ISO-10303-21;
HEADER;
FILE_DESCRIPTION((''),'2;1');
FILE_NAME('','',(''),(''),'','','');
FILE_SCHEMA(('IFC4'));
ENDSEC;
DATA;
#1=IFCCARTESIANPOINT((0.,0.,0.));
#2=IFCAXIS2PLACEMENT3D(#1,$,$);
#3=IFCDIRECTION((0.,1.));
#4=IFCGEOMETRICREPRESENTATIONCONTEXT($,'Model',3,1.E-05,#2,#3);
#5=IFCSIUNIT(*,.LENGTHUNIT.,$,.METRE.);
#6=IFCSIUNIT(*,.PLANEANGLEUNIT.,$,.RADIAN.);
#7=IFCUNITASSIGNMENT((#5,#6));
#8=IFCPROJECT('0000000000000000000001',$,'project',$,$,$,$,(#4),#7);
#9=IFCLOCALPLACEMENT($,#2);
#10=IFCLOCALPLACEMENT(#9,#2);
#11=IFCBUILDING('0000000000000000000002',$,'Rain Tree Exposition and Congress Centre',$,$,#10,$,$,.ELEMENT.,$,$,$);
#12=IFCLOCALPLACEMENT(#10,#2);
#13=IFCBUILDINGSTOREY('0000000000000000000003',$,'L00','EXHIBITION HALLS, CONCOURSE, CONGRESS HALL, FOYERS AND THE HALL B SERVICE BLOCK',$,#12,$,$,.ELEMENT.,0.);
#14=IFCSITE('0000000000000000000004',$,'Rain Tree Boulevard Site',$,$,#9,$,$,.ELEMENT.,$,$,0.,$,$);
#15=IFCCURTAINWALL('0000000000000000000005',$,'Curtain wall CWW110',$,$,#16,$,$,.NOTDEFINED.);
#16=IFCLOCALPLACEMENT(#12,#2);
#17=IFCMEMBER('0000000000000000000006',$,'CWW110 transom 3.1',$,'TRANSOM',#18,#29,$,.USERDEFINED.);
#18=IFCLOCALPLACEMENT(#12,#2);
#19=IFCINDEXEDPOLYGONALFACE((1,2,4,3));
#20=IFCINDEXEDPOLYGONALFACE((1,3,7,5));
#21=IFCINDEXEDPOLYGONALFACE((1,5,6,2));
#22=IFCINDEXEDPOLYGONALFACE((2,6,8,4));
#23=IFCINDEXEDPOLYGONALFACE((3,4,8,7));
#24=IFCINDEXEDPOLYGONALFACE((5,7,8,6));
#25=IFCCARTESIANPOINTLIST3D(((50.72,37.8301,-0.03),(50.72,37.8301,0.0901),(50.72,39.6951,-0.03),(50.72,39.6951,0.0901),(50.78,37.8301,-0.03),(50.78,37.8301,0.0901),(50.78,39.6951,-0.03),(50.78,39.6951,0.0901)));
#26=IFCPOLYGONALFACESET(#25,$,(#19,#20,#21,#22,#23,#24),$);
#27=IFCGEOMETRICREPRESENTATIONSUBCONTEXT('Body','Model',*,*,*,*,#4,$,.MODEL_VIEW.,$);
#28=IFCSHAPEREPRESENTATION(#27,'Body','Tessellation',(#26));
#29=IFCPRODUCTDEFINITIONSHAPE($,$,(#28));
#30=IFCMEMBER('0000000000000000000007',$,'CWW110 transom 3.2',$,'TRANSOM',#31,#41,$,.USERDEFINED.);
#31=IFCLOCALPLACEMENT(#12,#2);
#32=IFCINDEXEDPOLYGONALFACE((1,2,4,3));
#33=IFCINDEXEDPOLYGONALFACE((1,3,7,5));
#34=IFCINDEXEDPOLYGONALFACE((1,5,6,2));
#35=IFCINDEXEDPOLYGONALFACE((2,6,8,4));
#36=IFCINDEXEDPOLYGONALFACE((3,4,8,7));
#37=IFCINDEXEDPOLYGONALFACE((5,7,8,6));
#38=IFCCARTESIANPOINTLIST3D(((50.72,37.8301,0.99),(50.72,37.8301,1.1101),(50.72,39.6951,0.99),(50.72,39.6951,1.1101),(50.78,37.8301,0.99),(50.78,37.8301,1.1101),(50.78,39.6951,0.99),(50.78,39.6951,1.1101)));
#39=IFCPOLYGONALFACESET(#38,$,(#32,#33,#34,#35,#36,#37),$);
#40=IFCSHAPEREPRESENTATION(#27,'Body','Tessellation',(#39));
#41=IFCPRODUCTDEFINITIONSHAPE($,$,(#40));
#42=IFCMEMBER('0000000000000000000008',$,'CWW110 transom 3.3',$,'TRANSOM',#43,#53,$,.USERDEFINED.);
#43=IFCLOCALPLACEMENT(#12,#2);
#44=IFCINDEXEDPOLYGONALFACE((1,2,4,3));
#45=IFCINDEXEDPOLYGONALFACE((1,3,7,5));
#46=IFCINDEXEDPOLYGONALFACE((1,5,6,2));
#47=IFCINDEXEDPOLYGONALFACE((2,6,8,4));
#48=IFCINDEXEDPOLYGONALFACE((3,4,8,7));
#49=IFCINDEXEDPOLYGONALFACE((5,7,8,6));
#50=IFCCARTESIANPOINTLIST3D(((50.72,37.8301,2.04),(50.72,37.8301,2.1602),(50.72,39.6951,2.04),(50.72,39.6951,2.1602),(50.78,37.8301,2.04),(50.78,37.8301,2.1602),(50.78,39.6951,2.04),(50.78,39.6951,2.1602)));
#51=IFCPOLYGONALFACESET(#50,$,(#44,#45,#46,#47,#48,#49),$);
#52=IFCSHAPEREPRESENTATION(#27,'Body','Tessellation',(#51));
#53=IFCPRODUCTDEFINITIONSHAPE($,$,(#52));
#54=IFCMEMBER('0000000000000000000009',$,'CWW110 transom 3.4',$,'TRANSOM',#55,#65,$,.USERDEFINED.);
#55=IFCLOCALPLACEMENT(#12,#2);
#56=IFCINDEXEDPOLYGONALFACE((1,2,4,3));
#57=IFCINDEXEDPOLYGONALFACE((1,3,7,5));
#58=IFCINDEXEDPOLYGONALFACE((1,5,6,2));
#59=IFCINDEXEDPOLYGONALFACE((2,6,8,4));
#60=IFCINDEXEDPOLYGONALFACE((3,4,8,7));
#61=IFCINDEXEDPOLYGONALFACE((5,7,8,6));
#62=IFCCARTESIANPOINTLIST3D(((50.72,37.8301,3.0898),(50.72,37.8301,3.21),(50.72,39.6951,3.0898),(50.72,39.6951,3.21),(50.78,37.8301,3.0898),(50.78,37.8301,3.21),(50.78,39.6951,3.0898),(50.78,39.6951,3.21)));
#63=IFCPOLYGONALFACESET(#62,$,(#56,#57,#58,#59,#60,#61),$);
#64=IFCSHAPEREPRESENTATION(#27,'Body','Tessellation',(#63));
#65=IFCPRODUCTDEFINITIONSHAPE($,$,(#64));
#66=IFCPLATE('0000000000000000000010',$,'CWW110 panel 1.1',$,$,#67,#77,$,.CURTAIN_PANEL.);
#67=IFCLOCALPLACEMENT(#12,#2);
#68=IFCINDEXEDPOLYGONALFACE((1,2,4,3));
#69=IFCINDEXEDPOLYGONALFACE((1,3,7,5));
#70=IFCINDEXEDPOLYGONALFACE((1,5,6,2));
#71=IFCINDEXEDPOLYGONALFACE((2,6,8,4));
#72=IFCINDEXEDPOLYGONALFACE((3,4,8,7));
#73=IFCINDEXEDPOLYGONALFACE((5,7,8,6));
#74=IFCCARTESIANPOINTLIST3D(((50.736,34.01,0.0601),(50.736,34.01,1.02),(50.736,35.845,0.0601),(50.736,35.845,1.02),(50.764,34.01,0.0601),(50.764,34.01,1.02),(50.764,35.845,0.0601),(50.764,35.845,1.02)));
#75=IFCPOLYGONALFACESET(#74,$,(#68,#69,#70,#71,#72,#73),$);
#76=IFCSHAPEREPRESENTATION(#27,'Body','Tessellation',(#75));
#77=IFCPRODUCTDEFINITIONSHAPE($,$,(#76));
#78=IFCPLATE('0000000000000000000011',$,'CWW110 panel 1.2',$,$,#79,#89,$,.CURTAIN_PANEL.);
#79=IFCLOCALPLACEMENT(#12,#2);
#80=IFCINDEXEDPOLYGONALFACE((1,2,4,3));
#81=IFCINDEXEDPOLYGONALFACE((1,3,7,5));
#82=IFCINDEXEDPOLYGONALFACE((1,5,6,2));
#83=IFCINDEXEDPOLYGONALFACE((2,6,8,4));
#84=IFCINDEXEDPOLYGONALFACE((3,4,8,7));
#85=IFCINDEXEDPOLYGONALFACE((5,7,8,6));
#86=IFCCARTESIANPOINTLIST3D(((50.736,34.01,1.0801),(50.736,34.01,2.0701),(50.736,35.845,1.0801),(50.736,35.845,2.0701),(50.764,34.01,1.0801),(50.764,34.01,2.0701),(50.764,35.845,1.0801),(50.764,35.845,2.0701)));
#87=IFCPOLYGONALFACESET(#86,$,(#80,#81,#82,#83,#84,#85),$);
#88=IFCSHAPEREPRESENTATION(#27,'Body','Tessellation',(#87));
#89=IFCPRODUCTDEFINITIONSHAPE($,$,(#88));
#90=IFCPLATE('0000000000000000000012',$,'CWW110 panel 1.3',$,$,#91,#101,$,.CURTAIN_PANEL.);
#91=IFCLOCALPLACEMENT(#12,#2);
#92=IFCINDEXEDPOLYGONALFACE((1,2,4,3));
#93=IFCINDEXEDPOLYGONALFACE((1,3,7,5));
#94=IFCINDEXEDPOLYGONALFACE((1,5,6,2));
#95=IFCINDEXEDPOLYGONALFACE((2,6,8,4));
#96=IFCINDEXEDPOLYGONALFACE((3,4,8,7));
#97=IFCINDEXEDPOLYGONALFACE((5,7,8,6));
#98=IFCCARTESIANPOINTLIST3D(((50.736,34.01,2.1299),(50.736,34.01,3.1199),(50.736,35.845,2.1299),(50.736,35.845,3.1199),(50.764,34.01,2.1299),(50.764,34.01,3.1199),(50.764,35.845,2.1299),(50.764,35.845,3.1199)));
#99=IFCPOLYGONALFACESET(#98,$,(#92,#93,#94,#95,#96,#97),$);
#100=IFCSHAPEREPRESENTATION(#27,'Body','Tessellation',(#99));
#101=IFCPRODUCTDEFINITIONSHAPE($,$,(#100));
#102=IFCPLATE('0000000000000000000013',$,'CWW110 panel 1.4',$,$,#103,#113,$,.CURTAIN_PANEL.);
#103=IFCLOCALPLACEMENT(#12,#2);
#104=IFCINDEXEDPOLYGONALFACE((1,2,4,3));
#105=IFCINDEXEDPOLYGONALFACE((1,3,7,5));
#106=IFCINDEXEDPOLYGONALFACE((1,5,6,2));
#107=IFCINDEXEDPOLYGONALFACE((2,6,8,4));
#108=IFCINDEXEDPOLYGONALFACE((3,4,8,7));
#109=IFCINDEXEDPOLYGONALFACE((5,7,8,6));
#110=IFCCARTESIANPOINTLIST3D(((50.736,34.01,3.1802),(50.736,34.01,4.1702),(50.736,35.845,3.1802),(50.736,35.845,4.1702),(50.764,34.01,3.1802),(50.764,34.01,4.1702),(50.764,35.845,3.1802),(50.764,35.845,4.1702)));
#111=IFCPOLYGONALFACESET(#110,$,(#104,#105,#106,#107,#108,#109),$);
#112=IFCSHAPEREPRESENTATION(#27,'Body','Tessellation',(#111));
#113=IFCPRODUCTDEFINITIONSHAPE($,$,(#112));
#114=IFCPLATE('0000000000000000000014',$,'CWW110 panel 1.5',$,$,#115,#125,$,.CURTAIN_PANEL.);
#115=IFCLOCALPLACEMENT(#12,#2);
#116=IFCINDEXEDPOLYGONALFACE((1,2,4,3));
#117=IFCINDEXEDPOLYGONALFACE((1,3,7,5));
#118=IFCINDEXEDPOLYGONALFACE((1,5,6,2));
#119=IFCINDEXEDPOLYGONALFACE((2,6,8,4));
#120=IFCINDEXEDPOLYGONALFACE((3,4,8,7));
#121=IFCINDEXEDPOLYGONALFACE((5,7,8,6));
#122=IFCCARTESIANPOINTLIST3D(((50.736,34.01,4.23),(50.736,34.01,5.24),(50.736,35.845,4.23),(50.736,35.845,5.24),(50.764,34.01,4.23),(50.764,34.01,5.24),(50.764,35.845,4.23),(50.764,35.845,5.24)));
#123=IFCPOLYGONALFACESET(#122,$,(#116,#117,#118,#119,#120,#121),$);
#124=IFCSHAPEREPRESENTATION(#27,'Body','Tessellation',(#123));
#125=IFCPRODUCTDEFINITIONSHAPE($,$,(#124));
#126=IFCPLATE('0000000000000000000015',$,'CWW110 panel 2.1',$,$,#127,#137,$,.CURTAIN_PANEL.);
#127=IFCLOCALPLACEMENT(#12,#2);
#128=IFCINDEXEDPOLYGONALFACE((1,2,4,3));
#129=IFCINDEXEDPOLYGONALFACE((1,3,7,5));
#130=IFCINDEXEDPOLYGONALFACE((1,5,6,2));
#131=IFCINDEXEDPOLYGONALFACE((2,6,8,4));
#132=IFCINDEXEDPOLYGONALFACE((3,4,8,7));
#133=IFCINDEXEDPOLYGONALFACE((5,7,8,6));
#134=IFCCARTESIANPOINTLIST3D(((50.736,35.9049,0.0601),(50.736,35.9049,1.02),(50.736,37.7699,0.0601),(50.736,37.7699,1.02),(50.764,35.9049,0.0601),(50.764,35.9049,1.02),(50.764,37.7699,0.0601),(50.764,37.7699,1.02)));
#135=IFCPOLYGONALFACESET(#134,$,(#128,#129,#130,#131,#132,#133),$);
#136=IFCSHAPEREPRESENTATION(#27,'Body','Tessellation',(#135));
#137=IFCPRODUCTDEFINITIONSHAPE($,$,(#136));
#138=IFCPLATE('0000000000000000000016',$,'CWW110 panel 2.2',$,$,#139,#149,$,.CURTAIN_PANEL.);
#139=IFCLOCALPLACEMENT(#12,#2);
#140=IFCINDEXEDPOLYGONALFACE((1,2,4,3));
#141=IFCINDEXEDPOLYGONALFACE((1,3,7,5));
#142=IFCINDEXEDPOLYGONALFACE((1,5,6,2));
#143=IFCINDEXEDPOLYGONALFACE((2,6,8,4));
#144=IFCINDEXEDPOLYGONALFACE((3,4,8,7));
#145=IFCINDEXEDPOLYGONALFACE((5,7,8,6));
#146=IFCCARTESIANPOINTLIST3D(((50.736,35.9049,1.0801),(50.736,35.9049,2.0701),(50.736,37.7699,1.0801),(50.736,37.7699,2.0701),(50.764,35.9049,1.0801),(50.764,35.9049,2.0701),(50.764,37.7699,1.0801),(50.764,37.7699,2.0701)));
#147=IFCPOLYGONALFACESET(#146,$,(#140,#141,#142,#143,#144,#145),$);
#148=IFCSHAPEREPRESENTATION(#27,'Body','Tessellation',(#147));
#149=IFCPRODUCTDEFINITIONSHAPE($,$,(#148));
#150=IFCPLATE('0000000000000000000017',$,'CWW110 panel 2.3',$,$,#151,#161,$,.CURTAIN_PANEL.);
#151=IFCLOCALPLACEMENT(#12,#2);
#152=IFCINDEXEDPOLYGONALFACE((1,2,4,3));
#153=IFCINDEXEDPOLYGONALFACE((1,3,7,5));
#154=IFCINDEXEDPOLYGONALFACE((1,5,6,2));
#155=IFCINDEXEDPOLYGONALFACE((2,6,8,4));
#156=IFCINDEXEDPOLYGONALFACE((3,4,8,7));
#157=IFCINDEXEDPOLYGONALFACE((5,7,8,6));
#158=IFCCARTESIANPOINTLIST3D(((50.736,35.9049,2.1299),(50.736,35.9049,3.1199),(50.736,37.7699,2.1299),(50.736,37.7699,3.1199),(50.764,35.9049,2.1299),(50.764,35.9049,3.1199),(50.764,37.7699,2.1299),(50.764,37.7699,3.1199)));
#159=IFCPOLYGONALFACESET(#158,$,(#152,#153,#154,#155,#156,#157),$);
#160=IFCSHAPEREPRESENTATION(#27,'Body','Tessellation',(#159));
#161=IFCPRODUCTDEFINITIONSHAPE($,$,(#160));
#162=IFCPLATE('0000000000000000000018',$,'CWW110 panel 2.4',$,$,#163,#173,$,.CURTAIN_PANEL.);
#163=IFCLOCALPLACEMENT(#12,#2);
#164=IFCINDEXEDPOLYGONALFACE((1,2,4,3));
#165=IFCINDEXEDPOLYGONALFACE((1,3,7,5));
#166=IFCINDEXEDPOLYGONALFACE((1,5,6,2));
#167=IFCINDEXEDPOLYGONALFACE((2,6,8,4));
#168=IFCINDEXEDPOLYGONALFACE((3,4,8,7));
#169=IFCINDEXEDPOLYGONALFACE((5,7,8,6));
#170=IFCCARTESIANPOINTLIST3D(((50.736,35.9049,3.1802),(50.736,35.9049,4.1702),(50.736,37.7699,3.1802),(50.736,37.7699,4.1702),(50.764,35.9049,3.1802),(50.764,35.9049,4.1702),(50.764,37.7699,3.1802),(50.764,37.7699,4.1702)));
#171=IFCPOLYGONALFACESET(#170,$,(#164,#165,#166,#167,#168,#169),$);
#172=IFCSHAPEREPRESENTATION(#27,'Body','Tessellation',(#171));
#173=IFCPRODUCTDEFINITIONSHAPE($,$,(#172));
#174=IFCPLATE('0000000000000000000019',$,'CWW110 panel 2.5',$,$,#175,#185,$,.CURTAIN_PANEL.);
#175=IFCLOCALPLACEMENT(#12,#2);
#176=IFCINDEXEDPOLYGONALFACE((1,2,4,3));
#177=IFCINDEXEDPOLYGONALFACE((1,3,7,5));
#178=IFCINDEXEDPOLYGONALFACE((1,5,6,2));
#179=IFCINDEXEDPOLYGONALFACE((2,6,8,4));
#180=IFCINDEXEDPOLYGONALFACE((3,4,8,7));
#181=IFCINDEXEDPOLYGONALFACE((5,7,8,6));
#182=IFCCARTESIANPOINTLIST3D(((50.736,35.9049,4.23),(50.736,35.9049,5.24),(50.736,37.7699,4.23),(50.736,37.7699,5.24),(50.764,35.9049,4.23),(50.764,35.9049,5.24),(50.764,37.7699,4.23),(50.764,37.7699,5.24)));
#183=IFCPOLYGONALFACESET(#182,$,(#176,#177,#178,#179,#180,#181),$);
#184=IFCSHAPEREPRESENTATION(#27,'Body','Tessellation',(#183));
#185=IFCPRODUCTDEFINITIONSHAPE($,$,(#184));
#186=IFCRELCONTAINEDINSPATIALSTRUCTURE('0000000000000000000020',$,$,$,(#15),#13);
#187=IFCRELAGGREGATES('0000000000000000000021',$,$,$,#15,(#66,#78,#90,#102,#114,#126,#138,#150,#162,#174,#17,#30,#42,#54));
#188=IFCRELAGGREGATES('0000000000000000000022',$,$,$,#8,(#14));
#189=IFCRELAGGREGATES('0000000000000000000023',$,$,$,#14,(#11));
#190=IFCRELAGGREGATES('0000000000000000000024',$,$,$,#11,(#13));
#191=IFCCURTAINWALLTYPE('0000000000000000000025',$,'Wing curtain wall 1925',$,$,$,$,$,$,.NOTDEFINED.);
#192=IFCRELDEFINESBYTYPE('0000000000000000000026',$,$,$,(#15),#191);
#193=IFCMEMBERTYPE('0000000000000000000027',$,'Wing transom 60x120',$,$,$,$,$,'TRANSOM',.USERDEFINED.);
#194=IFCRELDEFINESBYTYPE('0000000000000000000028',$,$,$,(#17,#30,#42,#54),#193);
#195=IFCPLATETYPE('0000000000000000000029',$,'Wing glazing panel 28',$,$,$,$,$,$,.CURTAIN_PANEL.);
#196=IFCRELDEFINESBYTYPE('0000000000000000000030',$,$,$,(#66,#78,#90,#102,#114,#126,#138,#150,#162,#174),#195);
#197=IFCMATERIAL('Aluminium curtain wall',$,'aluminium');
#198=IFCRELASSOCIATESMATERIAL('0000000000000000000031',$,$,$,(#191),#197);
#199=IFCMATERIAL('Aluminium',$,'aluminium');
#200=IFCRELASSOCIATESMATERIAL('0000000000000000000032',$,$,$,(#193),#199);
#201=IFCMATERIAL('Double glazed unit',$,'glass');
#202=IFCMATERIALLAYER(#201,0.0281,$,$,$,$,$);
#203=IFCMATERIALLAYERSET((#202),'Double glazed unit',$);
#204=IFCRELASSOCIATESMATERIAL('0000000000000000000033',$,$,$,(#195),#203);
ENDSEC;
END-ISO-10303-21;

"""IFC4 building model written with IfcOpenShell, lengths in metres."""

from ifc_helpers import new_model, si_unit, direction, frame, origin, origin_2d, place, context, subcontext, project, spatial, rectangle, extrude, material, layer, layer_set, material_profile, profile_set, type_object, element, aggregate, save


model = new_model("IFC4")

# Units and contexts
model_context = context("Model", 3, precision=1e-05, world=origin(), true_north=direction((0.0, 1.0)))
body_context = subcontext(model_context, "Body", "Model", "MODEL_VIEW")
ifc_project = project(units=[si_unit("LENGTHUNIT", "METRE"), si_unit("PLANEANGLEUNIT", "RADIAN")], contexts=[model_context])

# Site, building, storey
site_placement = place(None, origin())
site = spatial("IfcSite", under=ifc_project, at=site_placement, Name="Rain Tree Boulevard Site", CompositionType="ELEMENT", RefElevation=0.0)
building_placement = place(site_placement, origin())
building = spatial("IfcBuilding", under=site, at=building_placement, Name="Rain Tree Exposition and Congress Centre", CompositionType="ELEMENT")
storey_placement = place(building_placement, origin())
storey = spatial("IfcBuildingStorey", under=building, at=storey_placement, Name="L00", Description="EXHIBITION HALLS, CONCOURSE, CONGRESS HALL, FOYERS AND THE HALL B SERVICE BLOCK", CompositionType="ELEMENT", Elevation=0.0)

# Curtain wall, members, plates
ifc_material_1 = material(Name="Aluminium curtain wall", Category="aluminium")
curtain_wall_type = type_object("IfcCurtainWallType", Name="Wing curtain wall 1925", PredefinedType="NOTDEFINED", material=ifc_material_1)
curtain_wall_placement = place(storey_placement, origin())
curtain_wall = element("IfcCurtainWall", 1, at=curtain_wall_placement, inside=storey, type_object=curtain_wall_type, Name="Curtain wall CWW110", PredefinedType="NOTDEFINED")
ifc_material_2 = material(Name="Aluminium", Category="aluminium")
ifc_material_profile_1 = material_profile(ifc_material_2, rectangle(XDim=0.0601, YDim=0.1201, at=origin_2d()), Name="Aluminium 60x120")
ifc_profile_set_1 = profile_set([ifc_material_profile_1], Name="Aluminium")
member_type_1 = type_object("IfcMemberType", Name="Wing transom 60x120", ElementType="TRANSOM", PredefinedType="USERDEFINED", material=ifc_profile_set_1)
member_1_placement = place(storey_placement, frame((50.75, 37.8301, 0.03), z_axis=(0.0, 1.0, 0.0), x_axis=(-1.0, 0.0, 0.0)))
member_1 = element("IfcMember", 2, at=member_1_placement, type_object=member_type_1, Name="CWW110 transom 3.1", ObjectType="TRANSOM", PredefinedType="USERDEFINED", context=body_context, shape_type="SweptSolid", body=[
    extrude(rectangle(XDim=0.0601, YDim=0.1201, at=origin_2d()), origin(), (0.0, 0.0, 1.0), 1.865),
])
member_2_placement = place(storey_placement, frame((50.75, 37.8301, 1.05), z_axis=(0.0, 1.0, 0.0), x_axis=(-1.0, 0.0, 0.0)))
member_2 = element("IfcMember", 3, at=member_2_placement, type_object=member_type_1, Name="CWW110 transom 3.2", ObjectType="TRANSOM", PredefinedType="USERDEFINED", context=body_context, shape_type="SweptSolid", body=[
    extrude(rectangle(XDim=0.0601, YDim=0.1201, at=origin_2d()), origin(), (0.0, 0.0, 1.0), 1.865),
])
member_3_placement = place(storey_placement, frame((50.75, 37.8301, 2.1001), z_axis=(0.0, 1.0, 0.0), x_axis=(-1.0, 0.0, 0.0)))
member_3 = element("IfcMember", 4, at=member_3_placement, type_object=member_type_1, Name="CWW110 transom 3.3", ObjectType="TRANSOM", PredefinedType="USERDEFINED", context=body_context, shape_type="SweptSolid", body=[
    extrude(rectangle(XDim=0.0601, YDim=0.1201, at=origin_2d()), origin(), (0.0, 0.0, 1.0), 1.865),
])
member_4_placement = place(storey_placement, frame((50.75, 37.8301, 3.1499), z_axis=(0.0, 1.0, 0.0), x_axis=(-1.0, 0.0, 0.0)))
member_4 = element("IfcMember", 5, at=member_4_placement, type_object=member_type_1, Name="CWW110 transom 3.4", ObjectType="TRANSOM", PredefinedType="USERDEFINED", context=body_context, shape_type="SweptSolid", body=[
    extrude(rectangle(XDim=0.0601, YDim=0.1201, at=origin_2d()), origin(), (0.0, 0.0, 1.0), 1.865),
])
ifc_material_3 = material(Name="Double glazed unit", Category="glass")
ifc_layer_1 = layer(ifc_material_3, 0.0281)
ifc_layer_set_1 = layer_set([ifc_layer_1], Name="Double glazed unit")
plate_type = type_object("IfcPlateType", Name="Wing glazing panel 28", PredefinedType="CURTAIN_PANEL", material=ifc_layer_set_1)
plate_1_placement = place(storey_placement, frame((50.75, 34.9275, 0.0601), z_axis=(0.0, 0.0, 1.0), x_axis=(0.0, 1.0, 0.0)))
plate_1 = element("IfcPlate", 6, at=plate_1_placement, type_object=plate_type, Name="CWW110 panel 1.1", PredefinedType="CURTAIN_PANEL", context=body_context, shape_type="SweptSolid", body=[
    extrude(rectangle(XDim=1.835, YDim=0.0281, at=origin_2d()), origin(), (0.0, 0.0, 1.0), 0.96),
])
plate_2_placement = place(storey_placement, frame((50.75, 34.9275, 1.0801), z_axis=(0.0, 0.0, 1.0), x_axis=(0.0, 1.0, 0.0)))
plate_2 = element("IfcPlate", 7, at=plate_2_placement, type_object=plate_type, Name="CWW110 panel 1.2", PredefinedType="CURTAIN_PANEL", context=body_context, shape_type="SweptSolid", body=[
    extrude(rectangle(XDim=1.835, YDim=0.0281, at=origin_2d()), origin(), (0.0, 0.0, 1.0), 0.99),
])
plate_3_placement = place(storey_placement, frame((50.75, 34.9275, 2.1299), z_axis=(0.0, 0.0, 1.0), x_axis=(0.0, 1.0, 0.0)))
plate_3 = element("IfcPlate", 8, at=plate_3_placement, type_object=plate_type, Name="CWW110 panel 1.3", PredefinedType="CURTAIN_PANEL", context=body_context, shape_type="SweptSolid", body=[
    extrude(rectangle(XDim=1.835, YDim=0.0281, at=origin_2d()), origin(), (0.0, 0.0, 1.0), 0.99),
])
plate_4_placement = place(storey_placement, frame((50.75, 34.9275, 3.1802), z_axis=(0.0, 0.0, 1.0), x_axis=(0.0, 1.0, 0.0)))
plate_4 = element("IfcPlate", 9, at=plate_4_placement, type_object=plate_type, Name="CWW110 panel 1.4", PredefinedType="CURTAIN_PANEL", context=body_context, shape_type="SweptSolid", body=[
    extrude(rectangle(XDim=1.835, YDim=0.0281, at=origin_2d()), origin(), (0.0, 0.0, 1.0), 0.99),
])
plate_5_placement = place(storey_placement, frame((50.75, 34.9275, 4.23), z_axis=(0.0, 0.0, 1.0), x_axis=(0.0, 1.0, 0.0)))
plate_5 = element("IfcPlate", 10, at=plate_5_placement, type_object=plate_type, Name="CWW110 panel 1.5", PredefinedType="CURTAIN_PANEL", context=body_context, shape_type="SweptSolid", body=[
    extrude(rectangle(XDim=1.835, YDim=0.0281, at=origin_2d()), origin(), (0.0, 0.0, 1.0), 1.01),
])
plate_6_placement = place(storey_placement, frame((50.75, 36.8374, 0.0601), z_axis=(0.0, 0.0, 1.0), x_axis=(0.0, 1.0, 0.0)))
plate_6 = element("IfcPlate", 11, at=plate_6_placement, type_object=plate_type, Name="CWW110 panel 2.1", PredefinedType="CURTAIN_PANEL", context=body_context, shape_type="SweptSolid", body=[
    extrude(rectangle(XDim=1.865, YDim=0.0281, at=origin_2d()), origin(), (0.0, 0.0, 1.0), 0.96),
])
plate_7_placement = place(storey_placement, frame((50.75, 36.8374, 1.0801), z_axis=(0.0, 0.0, 1.0), x_axis=(0.0, 1.0, 0.0)))
plate_7 = element("IfcPlate", 12, at=plate_7_placement, type_object=plate_type, Name="CWW110 panel 2.2", PredefinedType="CURTAIN_PANEL", context=body_context, shape_type="SweptSolid", body=[
    extrude(rectangle(XDim=1.865, YDim=0.0281, at=origin_2d()), origin(), (0.0, 0.0, 1.0), 0.99),
])
plate_8_placement = place(storey_placement, frame((50.75, 36.8374, 2.1299), z_axis=(0.0, 0.0, 1.0), x_axis=(0.0, 1.0, 0.0)))
plate_8 = element("IfcPlate", 13, at=plate_8_placement, type_object=plate_type, Name="CWW110 panel 2.3", PredefinedType="CURTAIN_PANEL", context=body_context, shape_type="SweptSolid", body=[
    extrude(rectangle(XDim=1.865, YDim=0.0281, at=origin_2d()), origin(), (0.0, 0.0, 1.0), 0.99),
])
plate_9_placement = place(storey_placement, frame((50.75, 36.8374, 3.1802), z_axis=(0.0, 0.0, 1.0), x_axis=(0.0, 1.0, 0.0)))
plate_9 = element("IfcPlate", 14, at=plate_9_placement, type_object=plate_type, Name="CWW110 panel 2.4", PredefinedType="CURTAIN_PANEL", context=body_context, shape_type="SweptSolid", body=[
    extrude(rectangle(XDim=1.865, YDim=0.0281, at=origin_2d()), origin(), (0.0, 0.0, 1.0), 0.99),
])
plate_10_placement = place(storey_placement, frame((50.75, 36.8374, 4.23), z_axis=(0.0, 0.0, 1.0), x_axis=(0.0, 1.0, 0.0)))
plate_10 = element("IfcPlate", 15, at=plate_10_placement, type_object=plate_type, Name="CWW110 panel 2.5", PredefinedType="CURTAIN_PANEL", context=body_context, shape_type="SweptSolid", body=[
    extrude(rectangle(XDim=1.865, YDim=0.0281, at=origin_2d()), origin(), (0.0, 0.0, 1.0), 1.01),
])
aggregate(curtain_wall, [plate_1, plate_2, plate_3, plate_4, plate_5, plate_6, plate_7, plate_8, plate_9, plate_10, member_1, member_2, member_3, member_4])

save(model, "model.ifc")
